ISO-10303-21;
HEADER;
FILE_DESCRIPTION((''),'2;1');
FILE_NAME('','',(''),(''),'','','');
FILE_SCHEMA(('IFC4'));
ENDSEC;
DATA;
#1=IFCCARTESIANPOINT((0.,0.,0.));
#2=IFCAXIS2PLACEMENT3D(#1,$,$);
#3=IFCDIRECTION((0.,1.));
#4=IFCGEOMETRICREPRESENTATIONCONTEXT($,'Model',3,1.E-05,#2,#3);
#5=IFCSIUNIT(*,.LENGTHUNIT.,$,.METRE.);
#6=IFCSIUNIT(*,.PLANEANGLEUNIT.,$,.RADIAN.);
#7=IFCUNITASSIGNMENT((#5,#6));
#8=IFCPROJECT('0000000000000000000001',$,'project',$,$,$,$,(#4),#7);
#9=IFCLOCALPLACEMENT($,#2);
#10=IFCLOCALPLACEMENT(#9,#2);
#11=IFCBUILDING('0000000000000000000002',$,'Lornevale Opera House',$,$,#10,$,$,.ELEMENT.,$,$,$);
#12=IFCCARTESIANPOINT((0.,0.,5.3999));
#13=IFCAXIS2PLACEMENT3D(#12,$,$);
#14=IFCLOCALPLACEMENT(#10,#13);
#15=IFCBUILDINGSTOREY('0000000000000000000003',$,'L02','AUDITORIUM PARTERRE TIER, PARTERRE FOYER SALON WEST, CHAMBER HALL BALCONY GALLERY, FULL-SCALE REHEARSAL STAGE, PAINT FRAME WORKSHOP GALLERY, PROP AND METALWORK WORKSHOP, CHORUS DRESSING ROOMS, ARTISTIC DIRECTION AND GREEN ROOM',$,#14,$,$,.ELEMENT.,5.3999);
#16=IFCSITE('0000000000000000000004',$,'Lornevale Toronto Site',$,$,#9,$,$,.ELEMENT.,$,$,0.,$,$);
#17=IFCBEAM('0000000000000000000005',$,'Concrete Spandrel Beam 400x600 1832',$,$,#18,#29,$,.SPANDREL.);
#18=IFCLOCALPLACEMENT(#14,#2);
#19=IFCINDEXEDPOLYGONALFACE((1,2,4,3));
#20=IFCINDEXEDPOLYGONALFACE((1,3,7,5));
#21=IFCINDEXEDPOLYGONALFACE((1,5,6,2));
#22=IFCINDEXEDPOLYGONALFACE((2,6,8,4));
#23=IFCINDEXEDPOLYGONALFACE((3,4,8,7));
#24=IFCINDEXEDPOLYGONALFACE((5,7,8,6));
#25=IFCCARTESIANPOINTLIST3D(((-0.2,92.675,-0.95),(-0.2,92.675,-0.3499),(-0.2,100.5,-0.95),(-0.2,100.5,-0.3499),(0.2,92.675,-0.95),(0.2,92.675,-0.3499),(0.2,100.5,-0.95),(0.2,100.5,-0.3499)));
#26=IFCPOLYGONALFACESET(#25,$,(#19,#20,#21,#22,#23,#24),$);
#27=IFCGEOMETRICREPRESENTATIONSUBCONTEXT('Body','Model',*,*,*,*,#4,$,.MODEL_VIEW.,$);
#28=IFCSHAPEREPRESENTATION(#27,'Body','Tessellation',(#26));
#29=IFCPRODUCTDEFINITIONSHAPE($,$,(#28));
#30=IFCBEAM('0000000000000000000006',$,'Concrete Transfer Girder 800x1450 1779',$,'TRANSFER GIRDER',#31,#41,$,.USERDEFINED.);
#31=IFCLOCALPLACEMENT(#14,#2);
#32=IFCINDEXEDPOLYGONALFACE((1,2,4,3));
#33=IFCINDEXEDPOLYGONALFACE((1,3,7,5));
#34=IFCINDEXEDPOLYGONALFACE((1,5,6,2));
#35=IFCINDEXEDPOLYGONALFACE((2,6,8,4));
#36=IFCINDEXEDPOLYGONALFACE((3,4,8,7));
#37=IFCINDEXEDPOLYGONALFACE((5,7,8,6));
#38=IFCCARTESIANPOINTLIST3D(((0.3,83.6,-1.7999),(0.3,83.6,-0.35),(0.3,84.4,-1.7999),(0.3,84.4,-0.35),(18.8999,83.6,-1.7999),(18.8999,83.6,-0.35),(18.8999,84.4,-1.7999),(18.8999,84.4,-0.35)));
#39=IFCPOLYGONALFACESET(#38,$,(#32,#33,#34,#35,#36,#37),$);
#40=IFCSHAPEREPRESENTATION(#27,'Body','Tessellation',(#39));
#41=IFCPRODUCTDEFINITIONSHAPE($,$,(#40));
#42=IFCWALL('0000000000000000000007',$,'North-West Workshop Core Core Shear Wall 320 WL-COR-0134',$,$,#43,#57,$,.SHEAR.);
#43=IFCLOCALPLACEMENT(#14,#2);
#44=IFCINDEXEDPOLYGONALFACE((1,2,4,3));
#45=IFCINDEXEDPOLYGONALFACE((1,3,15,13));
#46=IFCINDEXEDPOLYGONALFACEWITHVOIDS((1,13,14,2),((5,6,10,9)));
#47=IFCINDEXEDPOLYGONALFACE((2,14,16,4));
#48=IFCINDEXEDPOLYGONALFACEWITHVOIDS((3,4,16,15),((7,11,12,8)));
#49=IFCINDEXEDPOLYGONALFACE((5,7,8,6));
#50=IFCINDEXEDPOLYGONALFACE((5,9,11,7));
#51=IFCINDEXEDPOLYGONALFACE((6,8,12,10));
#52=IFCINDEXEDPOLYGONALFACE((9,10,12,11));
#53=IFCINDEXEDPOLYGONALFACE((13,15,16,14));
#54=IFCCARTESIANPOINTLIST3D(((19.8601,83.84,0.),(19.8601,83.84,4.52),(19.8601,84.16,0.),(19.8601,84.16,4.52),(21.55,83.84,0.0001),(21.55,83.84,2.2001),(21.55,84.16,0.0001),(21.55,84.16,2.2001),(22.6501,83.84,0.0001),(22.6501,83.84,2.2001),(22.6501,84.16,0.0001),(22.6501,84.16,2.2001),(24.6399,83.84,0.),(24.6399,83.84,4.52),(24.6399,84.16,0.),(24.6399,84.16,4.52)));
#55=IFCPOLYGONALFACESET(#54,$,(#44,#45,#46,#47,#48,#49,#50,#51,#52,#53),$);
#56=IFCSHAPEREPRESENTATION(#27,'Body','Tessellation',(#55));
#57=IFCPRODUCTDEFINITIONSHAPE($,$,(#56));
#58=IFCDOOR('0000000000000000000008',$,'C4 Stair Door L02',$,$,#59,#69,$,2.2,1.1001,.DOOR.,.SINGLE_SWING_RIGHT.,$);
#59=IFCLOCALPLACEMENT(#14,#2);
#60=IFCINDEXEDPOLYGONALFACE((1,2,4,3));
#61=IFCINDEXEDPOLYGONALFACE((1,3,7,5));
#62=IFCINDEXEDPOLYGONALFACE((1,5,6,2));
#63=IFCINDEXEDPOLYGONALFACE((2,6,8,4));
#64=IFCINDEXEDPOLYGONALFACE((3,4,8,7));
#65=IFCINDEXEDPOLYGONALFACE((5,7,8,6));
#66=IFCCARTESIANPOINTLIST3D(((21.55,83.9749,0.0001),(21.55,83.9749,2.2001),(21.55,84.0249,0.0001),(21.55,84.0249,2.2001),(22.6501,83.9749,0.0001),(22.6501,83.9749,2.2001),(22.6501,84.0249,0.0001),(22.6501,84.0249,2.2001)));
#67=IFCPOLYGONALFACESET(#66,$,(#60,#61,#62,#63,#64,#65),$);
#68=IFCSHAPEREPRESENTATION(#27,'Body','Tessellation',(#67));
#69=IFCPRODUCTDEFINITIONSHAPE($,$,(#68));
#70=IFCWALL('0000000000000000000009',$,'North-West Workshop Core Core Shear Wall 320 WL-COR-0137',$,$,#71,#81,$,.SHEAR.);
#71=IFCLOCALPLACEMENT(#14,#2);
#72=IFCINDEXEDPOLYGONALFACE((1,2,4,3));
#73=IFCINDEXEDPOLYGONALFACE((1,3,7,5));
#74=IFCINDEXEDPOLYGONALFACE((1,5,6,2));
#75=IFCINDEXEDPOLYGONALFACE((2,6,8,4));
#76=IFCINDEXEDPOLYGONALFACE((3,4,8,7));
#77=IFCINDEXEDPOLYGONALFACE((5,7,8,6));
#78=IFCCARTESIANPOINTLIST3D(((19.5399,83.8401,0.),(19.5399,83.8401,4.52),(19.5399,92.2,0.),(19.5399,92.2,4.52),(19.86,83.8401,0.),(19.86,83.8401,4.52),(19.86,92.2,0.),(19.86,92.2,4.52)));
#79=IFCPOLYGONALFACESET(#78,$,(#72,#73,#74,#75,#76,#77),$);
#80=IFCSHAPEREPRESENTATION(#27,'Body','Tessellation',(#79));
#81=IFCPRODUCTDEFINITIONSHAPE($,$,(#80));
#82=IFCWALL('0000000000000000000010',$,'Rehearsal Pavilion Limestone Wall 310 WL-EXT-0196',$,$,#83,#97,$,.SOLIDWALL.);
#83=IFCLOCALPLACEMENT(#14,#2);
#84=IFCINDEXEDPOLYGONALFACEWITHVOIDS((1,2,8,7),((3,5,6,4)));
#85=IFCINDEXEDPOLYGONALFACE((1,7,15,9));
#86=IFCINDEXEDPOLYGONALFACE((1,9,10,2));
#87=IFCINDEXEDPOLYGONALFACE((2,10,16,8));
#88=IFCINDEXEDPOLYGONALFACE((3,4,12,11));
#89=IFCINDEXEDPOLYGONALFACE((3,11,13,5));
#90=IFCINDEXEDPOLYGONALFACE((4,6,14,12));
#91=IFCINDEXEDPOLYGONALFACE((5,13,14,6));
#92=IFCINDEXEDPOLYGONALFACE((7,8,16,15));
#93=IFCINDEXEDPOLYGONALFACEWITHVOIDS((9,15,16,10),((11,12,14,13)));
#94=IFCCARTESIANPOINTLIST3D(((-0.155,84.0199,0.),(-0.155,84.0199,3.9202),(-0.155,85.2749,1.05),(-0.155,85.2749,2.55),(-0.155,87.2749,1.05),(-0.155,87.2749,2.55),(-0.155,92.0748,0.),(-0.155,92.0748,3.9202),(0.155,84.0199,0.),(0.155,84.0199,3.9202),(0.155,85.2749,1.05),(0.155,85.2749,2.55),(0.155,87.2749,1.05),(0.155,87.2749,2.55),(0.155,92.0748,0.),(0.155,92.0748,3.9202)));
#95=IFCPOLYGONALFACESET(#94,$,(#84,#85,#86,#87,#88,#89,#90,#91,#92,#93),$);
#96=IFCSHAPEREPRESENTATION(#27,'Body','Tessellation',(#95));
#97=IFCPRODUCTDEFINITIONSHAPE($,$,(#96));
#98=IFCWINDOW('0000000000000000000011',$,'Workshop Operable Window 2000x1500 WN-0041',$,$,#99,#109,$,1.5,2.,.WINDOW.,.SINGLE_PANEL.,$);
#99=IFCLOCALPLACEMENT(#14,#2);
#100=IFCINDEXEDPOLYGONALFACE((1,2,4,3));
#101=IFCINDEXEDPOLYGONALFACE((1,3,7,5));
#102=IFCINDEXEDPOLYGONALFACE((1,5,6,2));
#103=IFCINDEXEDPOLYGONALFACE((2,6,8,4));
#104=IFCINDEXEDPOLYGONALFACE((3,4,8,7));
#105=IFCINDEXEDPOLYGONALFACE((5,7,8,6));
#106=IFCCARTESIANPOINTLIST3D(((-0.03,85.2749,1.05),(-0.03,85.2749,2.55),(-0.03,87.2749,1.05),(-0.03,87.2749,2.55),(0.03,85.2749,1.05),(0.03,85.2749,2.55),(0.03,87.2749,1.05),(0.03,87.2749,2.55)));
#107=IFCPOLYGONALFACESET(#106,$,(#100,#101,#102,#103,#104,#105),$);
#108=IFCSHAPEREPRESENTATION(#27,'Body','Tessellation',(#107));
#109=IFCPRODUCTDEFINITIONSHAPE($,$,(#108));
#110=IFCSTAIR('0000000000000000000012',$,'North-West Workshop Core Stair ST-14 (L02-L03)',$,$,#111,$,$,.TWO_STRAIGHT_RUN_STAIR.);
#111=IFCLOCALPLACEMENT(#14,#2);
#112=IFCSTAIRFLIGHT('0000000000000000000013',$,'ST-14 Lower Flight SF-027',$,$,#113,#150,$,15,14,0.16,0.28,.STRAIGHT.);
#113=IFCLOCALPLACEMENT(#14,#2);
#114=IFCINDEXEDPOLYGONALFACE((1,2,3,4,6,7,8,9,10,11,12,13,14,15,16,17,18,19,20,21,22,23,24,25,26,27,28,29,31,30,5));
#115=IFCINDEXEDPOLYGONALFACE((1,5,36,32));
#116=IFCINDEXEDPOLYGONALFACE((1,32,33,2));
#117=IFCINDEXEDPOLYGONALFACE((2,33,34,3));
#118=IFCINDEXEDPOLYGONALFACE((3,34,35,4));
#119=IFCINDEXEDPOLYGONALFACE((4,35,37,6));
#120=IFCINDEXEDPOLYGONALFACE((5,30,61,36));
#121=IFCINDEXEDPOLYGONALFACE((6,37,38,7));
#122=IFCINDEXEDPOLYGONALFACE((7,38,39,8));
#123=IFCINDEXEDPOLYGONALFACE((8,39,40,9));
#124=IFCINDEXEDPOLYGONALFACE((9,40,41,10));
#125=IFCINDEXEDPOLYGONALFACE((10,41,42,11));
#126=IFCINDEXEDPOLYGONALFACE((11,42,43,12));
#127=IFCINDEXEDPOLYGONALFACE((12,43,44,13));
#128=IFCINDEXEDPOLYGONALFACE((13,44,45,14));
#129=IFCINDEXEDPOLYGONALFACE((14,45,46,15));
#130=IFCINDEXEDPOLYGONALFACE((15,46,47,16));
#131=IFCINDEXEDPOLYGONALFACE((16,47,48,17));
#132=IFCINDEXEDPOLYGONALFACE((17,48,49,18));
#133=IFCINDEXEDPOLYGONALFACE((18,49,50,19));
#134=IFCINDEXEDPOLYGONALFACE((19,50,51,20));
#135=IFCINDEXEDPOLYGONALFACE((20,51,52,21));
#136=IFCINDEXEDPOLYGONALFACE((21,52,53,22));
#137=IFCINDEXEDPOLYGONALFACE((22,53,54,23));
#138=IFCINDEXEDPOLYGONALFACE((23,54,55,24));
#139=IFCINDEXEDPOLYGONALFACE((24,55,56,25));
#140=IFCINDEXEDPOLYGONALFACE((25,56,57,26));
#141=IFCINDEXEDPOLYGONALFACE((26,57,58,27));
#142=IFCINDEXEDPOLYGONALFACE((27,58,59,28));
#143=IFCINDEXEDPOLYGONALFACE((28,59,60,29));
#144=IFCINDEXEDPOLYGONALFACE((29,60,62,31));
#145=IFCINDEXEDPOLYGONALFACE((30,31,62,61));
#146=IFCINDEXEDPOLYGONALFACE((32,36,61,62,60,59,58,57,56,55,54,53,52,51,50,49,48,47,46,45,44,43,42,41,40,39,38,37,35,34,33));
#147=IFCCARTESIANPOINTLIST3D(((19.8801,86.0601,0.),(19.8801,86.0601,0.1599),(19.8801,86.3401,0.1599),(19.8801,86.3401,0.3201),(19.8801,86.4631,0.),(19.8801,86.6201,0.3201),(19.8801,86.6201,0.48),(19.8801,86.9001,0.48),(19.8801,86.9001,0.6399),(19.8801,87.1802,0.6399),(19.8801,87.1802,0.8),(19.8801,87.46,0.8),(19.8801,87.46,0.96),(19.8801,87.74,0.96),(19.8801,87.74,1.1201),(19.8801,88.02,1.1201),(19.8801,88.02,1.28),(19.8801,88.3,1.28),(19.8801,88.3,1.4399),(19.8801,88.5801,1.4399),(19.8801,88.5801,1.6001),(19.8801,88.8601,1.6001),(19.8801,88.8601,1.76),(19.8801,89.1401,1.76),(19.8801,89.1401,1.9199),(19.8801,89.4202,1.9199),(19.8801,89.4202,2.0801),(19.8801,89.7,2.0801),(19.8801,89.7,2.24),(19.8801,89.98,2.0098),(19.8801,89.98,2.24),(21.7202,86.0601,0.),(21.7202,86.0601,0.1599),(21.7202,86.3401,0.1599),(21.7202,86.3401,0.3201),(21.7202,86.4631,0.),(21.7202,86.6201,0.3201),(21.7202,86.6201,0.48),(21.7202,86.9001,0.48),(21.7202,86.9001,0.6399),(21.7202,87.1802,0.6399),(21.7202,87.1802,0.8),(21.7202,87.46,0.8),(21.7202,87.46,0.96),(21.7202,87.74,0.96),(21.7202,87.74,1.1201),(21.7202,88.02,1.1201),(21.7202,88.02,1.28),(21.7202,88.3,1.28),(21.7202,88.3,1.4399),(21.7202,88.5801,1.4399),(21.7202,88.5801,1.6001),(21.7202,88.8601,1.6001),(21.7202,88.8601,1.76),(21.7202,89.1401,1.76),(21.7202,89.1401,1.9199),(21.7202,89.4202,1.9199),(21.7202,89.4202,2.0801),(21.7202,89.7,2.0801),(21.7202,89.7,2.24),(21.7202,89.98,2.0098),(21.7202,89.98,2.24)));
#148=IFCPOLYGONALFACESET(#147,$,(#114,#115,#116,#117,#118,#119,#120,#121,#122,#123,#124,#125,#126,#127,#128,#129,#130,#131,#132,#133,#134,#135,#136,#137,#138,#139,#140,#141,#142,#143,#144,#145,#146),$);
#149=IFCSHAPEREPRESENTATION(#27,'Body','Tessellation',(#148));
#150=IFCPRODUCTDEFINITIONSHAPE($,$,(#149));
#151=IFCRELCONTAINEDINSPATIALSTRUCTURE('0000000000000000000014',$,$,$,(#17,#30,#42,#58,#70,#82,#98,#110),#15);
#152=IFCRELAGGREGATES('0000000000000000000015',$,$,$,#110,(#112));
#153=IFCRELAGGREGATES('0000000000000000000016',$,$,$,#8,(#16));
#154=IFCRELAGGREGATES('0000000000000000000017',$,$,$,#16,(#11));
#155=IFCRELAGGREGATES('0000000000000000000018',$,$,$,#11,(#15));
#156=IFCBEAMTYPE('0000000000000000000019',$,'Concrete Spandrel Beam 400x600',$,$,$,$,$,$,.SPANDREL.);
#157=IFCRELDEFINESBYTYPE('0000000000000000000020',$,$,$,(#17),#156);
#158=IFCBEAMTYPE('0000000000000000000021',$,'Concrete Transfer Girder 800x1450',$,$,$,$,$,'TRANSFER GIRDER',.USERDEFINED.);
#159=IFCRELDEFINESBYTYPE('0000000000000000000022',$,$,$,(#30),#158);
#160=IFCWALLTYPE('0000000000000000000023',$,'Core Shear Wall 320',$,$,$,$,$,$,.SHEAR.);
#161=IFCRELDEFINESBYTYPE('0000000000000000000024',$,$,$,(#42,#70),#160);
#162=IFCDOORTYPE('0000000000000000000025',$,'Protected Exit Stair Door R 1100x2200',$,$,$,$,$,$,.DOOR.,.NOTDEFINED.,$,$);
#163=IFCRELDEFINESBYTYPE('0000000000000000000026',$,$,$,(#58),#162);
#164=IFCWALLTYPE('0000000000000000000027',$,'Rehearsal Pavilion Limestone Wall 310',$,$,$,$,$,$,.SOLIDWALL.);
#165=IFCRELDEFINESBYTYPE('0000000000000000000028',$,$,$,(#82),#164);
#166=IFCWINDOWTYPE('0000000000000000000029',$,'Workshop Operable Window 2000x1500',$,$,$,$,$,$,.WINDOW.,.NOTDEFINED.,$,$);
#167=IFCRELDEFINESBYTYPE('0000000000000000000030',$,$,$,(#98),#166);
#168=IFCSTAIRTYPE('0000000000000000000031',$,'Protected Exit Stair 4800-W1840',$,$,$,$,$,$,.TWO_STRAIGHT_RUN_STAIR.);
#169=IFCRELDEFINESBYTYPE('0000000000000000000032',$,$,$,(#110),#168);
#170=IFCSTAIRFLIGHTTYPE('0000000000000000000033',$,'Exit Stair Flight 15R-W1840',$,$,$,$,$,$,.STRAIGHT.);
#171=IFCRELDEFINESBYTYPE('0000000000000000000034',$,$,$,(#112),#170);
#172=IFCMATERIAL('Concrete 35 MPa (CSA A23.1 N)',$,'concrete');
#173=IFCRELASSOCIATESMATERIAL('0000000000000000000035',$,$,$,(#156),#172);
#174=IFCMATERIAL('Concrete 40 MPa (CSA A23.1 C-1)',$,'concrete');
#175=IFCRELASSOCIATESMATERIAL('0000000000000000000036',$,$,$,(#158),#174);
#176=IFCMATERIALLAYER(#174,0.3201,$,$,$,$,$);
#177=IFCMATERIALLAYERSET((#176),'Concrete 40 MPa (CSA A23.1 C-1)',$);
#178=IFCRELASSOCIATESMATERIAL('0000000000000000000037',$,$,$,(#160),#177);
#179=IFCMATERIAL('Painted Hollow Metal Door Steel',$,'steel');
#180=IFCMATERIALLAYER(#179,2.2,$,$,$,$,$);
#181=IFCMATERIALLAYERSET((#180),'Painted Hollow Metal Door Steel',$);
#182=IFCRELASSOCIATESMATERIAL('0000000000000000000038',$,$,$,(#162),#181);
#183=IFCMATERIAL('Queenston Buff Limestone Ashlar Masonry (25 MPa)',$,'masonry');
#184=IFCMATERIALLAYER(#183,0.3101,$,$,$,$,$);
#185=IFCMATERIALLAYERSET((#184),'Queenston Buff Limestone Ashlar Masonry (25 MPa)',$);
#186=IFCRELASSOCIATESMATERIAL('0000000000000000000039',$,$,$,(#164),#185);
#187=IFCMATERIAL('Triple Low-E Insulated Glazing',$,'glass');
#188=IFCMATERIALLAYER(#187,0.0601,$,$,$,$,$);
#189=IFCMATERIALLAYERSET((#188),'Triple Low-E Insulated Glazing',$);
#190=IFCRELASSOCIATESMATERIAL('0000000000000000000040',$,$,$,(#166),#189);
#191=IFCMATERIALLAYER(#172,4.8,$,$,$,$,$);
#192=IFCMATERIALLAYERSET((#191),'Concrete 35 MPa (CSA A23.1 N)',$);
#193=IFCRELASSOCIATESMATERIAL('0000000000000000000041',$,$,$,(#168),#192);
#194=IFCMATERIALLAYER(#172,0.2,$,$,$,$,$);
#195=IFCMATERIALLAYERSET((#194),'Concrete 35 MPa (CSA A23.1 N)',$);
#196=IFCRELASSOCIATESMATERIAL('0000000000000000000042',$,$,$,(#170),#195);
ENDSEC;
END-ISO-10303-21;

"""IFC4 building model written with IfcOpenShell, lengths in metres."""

from ifc_helpers import new_model, si_unit, direction, frame, frame_2d, origin, origin_2d, place, context, subcontext, project, spatial, polyline, rectangle, outline, extrude, material, layer, layer_set, material_profile, profile_set, type_object, element, fill, aggregate, save


model = new_model("IFC4")

# Units and contexts
model_context = context("Model", 3, precision=1e-05, world=origin(), true_north=direction((0.0, 1.0)))
body_context = subcontext(model_context, "Body", "Model", "MODEL_VIEW")
ifc_project = project(units=[si_unit("LENGTHUNIT", "METRE"), si_unit("PLANEANGLEUNIT", "RADIAN")], contexts=[model_context])

# Site, building, storey
site_placement = place(None, origin())
site = spatial("IfcSite", under=ifc_project, at=site_placement, Name="Lornevale Toronto Site", CompositionType="ELEMENT", RefElevation=0.0)
building_placement = place(site_placement, origin())
building = spatial("IfcBuilding", under=site, at=building_placement, Name="Lornevale Opera House", CompositionType="ELEMENT")
storey_placement = place(building_placement, frame((0.0, 0.0, 5.3999)))
storey = spatial("IfcBuildingStorey", under=building, at=storey_placement, Name="L02", Description="AUDITORIUM PARTERRE TIER, PARTERRE FOYER SALON WEST, CHAMBER HALL BALCONY GALLERY, FULL-SCALE REHEARSAL STAGE, PAINT FRAME WORKSHOP GALLERY, PROP AND METALWORK WORKSHOP, CHORUS DRESSING ROOMS, ARTISTIC DIRECTION AND GREEN ROOM", CompositionType="ELEMENT", Elevation=5.3999)

# Beams
ifc_material_1 = material(Name="Concrete 35 MPa (CSA A23.1 N)", Category="concrete")
ifc_material_profile_1 = material_profile(ifc_material_1, rectangle(XDim=0.3999, YDim=0.6001, at=origin_2d()), Name="RC400x600")
ifc_profile_set_1 = profile_set([ifc_material_profile_1], Name="Concrete 35 MPa (CSA A23.1 N)")
beam_type_1 = type_object("IfcBeamType", Name="Concrete Spandrel Beam 400x600", PredefinedType="SPANDREL", material=ifc_profile_set_1)
for number, where, z_axis, x_axis, name in (
    (1, (0.0, 92.675, -0.6499), (0.0, 1.0, 0.0), (-1.0, 0.0, 0.0), "Concrete Spandrel Beam 400x600 1832"),
):
    element("IfcBeam", number, at=place(storey_placement, frame(where, z_axis=z_axis, x_axis=x_axis)), inside=storey, type_object=beam_type_1, Name=name, PredefinedType="SPANDREL", context=body_context, shape_type="SweptSolid", body=[
        extrude(rectangle(XDim=0.3999, YDim=0.6001, at=origin_2d()), origin(), (0.0, 0.0, 1.0), 7.825),
    ])
ifc_material_2 = material(Name="Concrete 40 MPa (CSA A23.1 C-1)", Category="concrete")
ifc_material_profile_2 = material_profile(ifc_material_2, rectangle(XDim=0.8, YDim=1.45, at=origin_2d()), Name="RC800x1450")
ifc_profile_set_2 = profile_set([ifc_material_profile_2], Name="Concrete 40 MPa (CSA A23.1 C-1)")
beam_type_2 = type_object("IfcBeamType", Name="Concrete Transfer Girder 800x1450", ElementType="TRANSFER GIRDER", PredefinedType="USERDEFINED", material=ifc_profile_set_2)
beam_1_placement = place(storey_placement, frame((0.3, 84.0, -1.075), z_axis=(1.0, 0.0, 0.0), x_axis=(0.0, 1.0, 0.0)))
element("IfcBeam", 2, at=beam_1_placement, inside=storey, type_object=beam_type_2, Name="Concrete Transfer Girder 800x1450 1779", ObjectType="TRANSFER GIRDER", PredefinedType="USERDEFINED", context=body_context, shape_type="SweptSolid", body=[
    extrude(rectangle(XDim=0.8, YDim=1.45, at=origin_2d()), origin(), (0.0, 0.0, 1.0), 18.5999),
])

# Wall, opening, door
ifc_layer_1 = layer(ifc_material_2, 0.3201)
ifc_layer_set_1 = layer_set([ifc_layer_1], Name="Concrete 40 MPa (CSA A23.1 C-1)")
wall_type_1 = type_object("IfcWallType", Name="Core Shear Wall 320", PredefinedType="SHEAR", material=ifc_layer_set_1)
wall_1_placement = place(storey_placement, frame((19.8601, 84.0, 0.0), z_axis=(0.0, 0.0, 1.0), x_axis=(1.0, 0.0, 0.0)))
wall_1 = element("IfcWall", 3, at=wall_1_placement, inside=storey, type_object=wall_type_1, Name="North-West Workshop Core Core Shear Wall 320 WL-COR-0134", PredefinedType="SHEAR", context=body_context, shape_type="SweptSolid", body=[
    extrude(rectangle(XDim=4.7798, YDim=0.3201, at=frame_2d((2.3899, 0.0))), origin(), (0.0, 0.0, 1.0), 4.52),
])
opening_1_placement = place(wall_1_placement, frame((1.6899, 0.0, 0.0)))
opening_1 = element("IfcOpeningElement", 4, at=opening_1_placement, cuts=wall_1, PredefinedType="OPENING", context=body_context, shape_type="SweptSolid", body=[
    extrude(rectangle(XDim=1.1001, YDim=2.2, at=frame_2d((0.55, 1.1001))), frame((0.0, 0.1699, 0.0), z_axis=(0.0, -1.0, 0.0), x_axis=(1.0, 0.0, 0.0)), (0.0, 0.0, 1.0), 0.3401),
])
ifc_material_3 = material(Name="Painted Hollow Metal Door Steel", Category="steel")
ifc_layer_2 = layer(ifc_material_3, 2.2)
ifc_layer_set_2 = layer_set([ifc_layer_2], Name="Painted Hollow Metal Door Steel")
door_type = type_object("IfcDoorType", Name="Protected Exit Stair Door R 1100x2200", OperationType="NOTDEFINED", PredefinedType="DOOR", material=ifc_layer_set_2)
door_placement = place(opening_1_placement, origin())
door = element("IfcDoor", 5, at=door_placement, inside=storey, type_object=door_type, Name="C4 Stair Door L02", OperationType="SINGLE_SWING_RIGHT", OverallHeight=2.2, OverallWidth=1.1001, PredefinedType="DOOR", context=body_context, shape_type="SweptSolid", body=[
    extrude(rectangle(XDim=1.1001, YDim=2.2, at=frame_2d((0.55, 1.1001))), frame((0.0, 0.0249, 0.0), z_axis=(0.0, -1.0, 0.0), x_axis=(1.0, 0.0, 0.0)), (0.0, 0.0, 1.0), 0.05),
])
fill(opening_1, door)

# Wall
wall_2_placement = place(storey_placement, frame((19.7, 92.2, 0.0), z_axis=(0.0, 0.0, 1.0), x_axis=(0.0, -1.0, 0.0)))
element("IfcWall", 6, at=wall_2_placement, inside=storey, type_object=wall_type_1, Name="North-West Workshop Core Core Shear Wall 320 WL-COR-0137", PredefinedType="SHEAR", context=body_context, shape_type="SweptSolid", body=[
    extrude(rectangle(XDim=8.3599, YDim=0.3201, at=frame_2d((4.1799, 0.0))), origin(), (0.0, 0.0, 1.0), 4.52),
])

# Wall, opening, window
ifc_material_4 = material(Name="Queenston Buff Limestone Ashlar Masonry (25 MPa)", Category="masonry")
ifc_layer_3 = layer(ifc_material_4, 0.3101)
ifc_layer_set_3 = layer_set([ifc_layer_3], Name="Queenston Buff Limestone Ashlar Masonry (25 MPa)")
wall_type_2 = type_object("IfcWallType", Name="Rehearsal Pavilion Limestone Wall 310", PredefinedType="SOLIDWALL", material=ifc_layer_set_3)
wall_3_placement = place(storey_placement, frame((0.0, 84.02, 0.0), z_axis=(0.0, 0.0, 1.0), x_axis=(0.0, 1.0, 0.0)))
wall_3 = element("IfcWall", 7, at=wall_3_placement, inside=storey, type_object=wall_type_2, Name="Rehearsal Pavilion Limestone Wall 310 WL-EXT-0196", PredefinedType="SOLIDWALL", context=body_context, shape_type="SweptSolid", body=[
    extrude(rectangle(XDim=8.0549, YDim=0.3101, at=frame_2d((4.0273, 0.0))), origin(), (0.0, 0.0, 1.0), 3.9202),
])
opening_2_placement = place(wall_3_placement, frame((1.2549, 0.0, 1.05)))
opening_2 = element("IfcOpeningElement", 8, at=opening_2_placement, cuts=wall_3, PredefinedType="OPENING", context=body_context, shape_type="SweptSolid", body=[
    extrude(rectangle(XDim=2.0, YDim=1.5, at=frame_2d((1.0, 0.75))), frame((0.0, 0.165, 0.0), z_axis=(0.0, -1.0, 0.0), x_axis=(1.0, 0.0, 0.0)), (0.0, 0.0, 1.0), 0.3301),
])
ifc_material_5 = material(Name="Triple Low-E Insulated Glazing", Category="glass")
ifc_layer_4 = layer(ifc_material_5, 0.0601)
ifc_layer_set_4 = layer_set([ifc_layer_4], Name="Triple Low-E Insulated Glazing")
window_type = type_object("IfcWindowType", Name="Workshop Operable Window 2000x1500", PartitioningType="NOTDEFINED", PredefinedType="WINDOW", material=ifc_layer_set_4)
window_placement = place(opening_2_placement, origin())
window = element("IfcWindow", 9, at=window_placement, inside=storey, type_object=window_type, Name="Workshop Operable Window 2000x1500 WN-0041", OverallHeight=1.5, OverallWidth=2.0, PartitioningType="SINGLE_PANEL", PredefinedType="WINDOW", context=body_context, shape_type="SweptSolid", body=[
    extrude(rectangle(XDim=2.0, YDim=1.5, at=frame_2d((1.0, 0.75))), frame((0.0, 0.03, 0.0), z_axis=(0.0, -1.0, 0.0), x_axis=(1.0, 0.0, 0.0)), (0.0, 0.0, 1.0), 0.0601),
])
fill(opening_2, window)

# Stair, stair flight
ifc_layer_5 = layer(ifc_material_1, 4.8)
ifc_layer_set_5 = layer_set([ifc_layer_5], Name="Concrete 35 MPa (CSA A23.1 N)")
stair_type = type_object("IfcStairType", Name="Protected Exit Stair 4800-W1840", PredefinedType="TWO_STRAIGHT_RUN_STAIR", material=ifc_layer_set_5)
stair_placement = place(storey_placement, origin())
stair = element("IfcStair", 10, at=stair_placement, inside=storey, type_object=stair_type, Name="North-West Workshop Core Stair ST-14 (L02-L03)", PredefinedType="TWO_STRAIGHT_RUN_STAIR")
ifc_layer_6 = layer(ifc_material_1, 0.2)
ifc_layer_set_6 = layer_set([ifc_layer_6], Name="Concrete 35 MPa (CSA A23.1 N)")
stair_flight_type = type_object("IfcStairFlightType", Name="Exit Stair Flight 15R-W1840", PredefinedType="STRAIGHT", material=ifc_layer_set_6)
stair_flight_placement = place(storey_placement, frame((20.8, 86.0601, 0.0), z_axis=(0.0, 0.0, 1.0), x_axis=(0.0, 1.0, 0.0)))
stair_flight = element("IfcStairFlight", 11, at=stair_flight_placement, type_object=stair_flight_type, Name="ST-14 Lower Flight SF-027", NumberOfRisers=15, NumberOfTreads=14, PredefinedType="STRAIGHT", RiserHeight=0.16, TreadLength=0.28, context=body_context, shape_type="SweptSolid", body=[
    extrude(outline(polyline([(0.0, 0.0), (0.0, 0.1599), (0.28, 0.1599), (0.28, 0.3201), (0.5601, 0.3201), (0.5601, 0.48), (0.8401, 0.48), (0.8401, 0.6399), (1.1201, 0.6399), (1.1201, 0.8), (1.3999, 0.8), (1.3999, 0.96), (1.6799, 0.96), (1.6799, 1.1201), (1.96, 1.1201), (1.96, 1.28), (2.24, 1.28), (2.24, 1.4399), (2.52, 1.4399), (2.52, 1.6001), (2.8, 1.6001), (2.8, 1.76), (3.0801, 1.76), (3.0801, 1.9199), (3.3601, 1.9199), (3.3601, 2.0801), (3.6399, 2.0801), (3.6399, 2.24), (3.9199, 2.24), (3.9199, 2.0098), (0.4031, 0.0), (0.0, 0.0)])), frame((0.0, 0.9199, 0.0), z_axis=(0.0, -1.0, 0.0), x_axis=(1.0, 0.0, 0.0)), (0.0, 0.0, 1.0), 1.8401),
])
aggregate(stair, [stair_flight])

save(model, "model.ifc")
